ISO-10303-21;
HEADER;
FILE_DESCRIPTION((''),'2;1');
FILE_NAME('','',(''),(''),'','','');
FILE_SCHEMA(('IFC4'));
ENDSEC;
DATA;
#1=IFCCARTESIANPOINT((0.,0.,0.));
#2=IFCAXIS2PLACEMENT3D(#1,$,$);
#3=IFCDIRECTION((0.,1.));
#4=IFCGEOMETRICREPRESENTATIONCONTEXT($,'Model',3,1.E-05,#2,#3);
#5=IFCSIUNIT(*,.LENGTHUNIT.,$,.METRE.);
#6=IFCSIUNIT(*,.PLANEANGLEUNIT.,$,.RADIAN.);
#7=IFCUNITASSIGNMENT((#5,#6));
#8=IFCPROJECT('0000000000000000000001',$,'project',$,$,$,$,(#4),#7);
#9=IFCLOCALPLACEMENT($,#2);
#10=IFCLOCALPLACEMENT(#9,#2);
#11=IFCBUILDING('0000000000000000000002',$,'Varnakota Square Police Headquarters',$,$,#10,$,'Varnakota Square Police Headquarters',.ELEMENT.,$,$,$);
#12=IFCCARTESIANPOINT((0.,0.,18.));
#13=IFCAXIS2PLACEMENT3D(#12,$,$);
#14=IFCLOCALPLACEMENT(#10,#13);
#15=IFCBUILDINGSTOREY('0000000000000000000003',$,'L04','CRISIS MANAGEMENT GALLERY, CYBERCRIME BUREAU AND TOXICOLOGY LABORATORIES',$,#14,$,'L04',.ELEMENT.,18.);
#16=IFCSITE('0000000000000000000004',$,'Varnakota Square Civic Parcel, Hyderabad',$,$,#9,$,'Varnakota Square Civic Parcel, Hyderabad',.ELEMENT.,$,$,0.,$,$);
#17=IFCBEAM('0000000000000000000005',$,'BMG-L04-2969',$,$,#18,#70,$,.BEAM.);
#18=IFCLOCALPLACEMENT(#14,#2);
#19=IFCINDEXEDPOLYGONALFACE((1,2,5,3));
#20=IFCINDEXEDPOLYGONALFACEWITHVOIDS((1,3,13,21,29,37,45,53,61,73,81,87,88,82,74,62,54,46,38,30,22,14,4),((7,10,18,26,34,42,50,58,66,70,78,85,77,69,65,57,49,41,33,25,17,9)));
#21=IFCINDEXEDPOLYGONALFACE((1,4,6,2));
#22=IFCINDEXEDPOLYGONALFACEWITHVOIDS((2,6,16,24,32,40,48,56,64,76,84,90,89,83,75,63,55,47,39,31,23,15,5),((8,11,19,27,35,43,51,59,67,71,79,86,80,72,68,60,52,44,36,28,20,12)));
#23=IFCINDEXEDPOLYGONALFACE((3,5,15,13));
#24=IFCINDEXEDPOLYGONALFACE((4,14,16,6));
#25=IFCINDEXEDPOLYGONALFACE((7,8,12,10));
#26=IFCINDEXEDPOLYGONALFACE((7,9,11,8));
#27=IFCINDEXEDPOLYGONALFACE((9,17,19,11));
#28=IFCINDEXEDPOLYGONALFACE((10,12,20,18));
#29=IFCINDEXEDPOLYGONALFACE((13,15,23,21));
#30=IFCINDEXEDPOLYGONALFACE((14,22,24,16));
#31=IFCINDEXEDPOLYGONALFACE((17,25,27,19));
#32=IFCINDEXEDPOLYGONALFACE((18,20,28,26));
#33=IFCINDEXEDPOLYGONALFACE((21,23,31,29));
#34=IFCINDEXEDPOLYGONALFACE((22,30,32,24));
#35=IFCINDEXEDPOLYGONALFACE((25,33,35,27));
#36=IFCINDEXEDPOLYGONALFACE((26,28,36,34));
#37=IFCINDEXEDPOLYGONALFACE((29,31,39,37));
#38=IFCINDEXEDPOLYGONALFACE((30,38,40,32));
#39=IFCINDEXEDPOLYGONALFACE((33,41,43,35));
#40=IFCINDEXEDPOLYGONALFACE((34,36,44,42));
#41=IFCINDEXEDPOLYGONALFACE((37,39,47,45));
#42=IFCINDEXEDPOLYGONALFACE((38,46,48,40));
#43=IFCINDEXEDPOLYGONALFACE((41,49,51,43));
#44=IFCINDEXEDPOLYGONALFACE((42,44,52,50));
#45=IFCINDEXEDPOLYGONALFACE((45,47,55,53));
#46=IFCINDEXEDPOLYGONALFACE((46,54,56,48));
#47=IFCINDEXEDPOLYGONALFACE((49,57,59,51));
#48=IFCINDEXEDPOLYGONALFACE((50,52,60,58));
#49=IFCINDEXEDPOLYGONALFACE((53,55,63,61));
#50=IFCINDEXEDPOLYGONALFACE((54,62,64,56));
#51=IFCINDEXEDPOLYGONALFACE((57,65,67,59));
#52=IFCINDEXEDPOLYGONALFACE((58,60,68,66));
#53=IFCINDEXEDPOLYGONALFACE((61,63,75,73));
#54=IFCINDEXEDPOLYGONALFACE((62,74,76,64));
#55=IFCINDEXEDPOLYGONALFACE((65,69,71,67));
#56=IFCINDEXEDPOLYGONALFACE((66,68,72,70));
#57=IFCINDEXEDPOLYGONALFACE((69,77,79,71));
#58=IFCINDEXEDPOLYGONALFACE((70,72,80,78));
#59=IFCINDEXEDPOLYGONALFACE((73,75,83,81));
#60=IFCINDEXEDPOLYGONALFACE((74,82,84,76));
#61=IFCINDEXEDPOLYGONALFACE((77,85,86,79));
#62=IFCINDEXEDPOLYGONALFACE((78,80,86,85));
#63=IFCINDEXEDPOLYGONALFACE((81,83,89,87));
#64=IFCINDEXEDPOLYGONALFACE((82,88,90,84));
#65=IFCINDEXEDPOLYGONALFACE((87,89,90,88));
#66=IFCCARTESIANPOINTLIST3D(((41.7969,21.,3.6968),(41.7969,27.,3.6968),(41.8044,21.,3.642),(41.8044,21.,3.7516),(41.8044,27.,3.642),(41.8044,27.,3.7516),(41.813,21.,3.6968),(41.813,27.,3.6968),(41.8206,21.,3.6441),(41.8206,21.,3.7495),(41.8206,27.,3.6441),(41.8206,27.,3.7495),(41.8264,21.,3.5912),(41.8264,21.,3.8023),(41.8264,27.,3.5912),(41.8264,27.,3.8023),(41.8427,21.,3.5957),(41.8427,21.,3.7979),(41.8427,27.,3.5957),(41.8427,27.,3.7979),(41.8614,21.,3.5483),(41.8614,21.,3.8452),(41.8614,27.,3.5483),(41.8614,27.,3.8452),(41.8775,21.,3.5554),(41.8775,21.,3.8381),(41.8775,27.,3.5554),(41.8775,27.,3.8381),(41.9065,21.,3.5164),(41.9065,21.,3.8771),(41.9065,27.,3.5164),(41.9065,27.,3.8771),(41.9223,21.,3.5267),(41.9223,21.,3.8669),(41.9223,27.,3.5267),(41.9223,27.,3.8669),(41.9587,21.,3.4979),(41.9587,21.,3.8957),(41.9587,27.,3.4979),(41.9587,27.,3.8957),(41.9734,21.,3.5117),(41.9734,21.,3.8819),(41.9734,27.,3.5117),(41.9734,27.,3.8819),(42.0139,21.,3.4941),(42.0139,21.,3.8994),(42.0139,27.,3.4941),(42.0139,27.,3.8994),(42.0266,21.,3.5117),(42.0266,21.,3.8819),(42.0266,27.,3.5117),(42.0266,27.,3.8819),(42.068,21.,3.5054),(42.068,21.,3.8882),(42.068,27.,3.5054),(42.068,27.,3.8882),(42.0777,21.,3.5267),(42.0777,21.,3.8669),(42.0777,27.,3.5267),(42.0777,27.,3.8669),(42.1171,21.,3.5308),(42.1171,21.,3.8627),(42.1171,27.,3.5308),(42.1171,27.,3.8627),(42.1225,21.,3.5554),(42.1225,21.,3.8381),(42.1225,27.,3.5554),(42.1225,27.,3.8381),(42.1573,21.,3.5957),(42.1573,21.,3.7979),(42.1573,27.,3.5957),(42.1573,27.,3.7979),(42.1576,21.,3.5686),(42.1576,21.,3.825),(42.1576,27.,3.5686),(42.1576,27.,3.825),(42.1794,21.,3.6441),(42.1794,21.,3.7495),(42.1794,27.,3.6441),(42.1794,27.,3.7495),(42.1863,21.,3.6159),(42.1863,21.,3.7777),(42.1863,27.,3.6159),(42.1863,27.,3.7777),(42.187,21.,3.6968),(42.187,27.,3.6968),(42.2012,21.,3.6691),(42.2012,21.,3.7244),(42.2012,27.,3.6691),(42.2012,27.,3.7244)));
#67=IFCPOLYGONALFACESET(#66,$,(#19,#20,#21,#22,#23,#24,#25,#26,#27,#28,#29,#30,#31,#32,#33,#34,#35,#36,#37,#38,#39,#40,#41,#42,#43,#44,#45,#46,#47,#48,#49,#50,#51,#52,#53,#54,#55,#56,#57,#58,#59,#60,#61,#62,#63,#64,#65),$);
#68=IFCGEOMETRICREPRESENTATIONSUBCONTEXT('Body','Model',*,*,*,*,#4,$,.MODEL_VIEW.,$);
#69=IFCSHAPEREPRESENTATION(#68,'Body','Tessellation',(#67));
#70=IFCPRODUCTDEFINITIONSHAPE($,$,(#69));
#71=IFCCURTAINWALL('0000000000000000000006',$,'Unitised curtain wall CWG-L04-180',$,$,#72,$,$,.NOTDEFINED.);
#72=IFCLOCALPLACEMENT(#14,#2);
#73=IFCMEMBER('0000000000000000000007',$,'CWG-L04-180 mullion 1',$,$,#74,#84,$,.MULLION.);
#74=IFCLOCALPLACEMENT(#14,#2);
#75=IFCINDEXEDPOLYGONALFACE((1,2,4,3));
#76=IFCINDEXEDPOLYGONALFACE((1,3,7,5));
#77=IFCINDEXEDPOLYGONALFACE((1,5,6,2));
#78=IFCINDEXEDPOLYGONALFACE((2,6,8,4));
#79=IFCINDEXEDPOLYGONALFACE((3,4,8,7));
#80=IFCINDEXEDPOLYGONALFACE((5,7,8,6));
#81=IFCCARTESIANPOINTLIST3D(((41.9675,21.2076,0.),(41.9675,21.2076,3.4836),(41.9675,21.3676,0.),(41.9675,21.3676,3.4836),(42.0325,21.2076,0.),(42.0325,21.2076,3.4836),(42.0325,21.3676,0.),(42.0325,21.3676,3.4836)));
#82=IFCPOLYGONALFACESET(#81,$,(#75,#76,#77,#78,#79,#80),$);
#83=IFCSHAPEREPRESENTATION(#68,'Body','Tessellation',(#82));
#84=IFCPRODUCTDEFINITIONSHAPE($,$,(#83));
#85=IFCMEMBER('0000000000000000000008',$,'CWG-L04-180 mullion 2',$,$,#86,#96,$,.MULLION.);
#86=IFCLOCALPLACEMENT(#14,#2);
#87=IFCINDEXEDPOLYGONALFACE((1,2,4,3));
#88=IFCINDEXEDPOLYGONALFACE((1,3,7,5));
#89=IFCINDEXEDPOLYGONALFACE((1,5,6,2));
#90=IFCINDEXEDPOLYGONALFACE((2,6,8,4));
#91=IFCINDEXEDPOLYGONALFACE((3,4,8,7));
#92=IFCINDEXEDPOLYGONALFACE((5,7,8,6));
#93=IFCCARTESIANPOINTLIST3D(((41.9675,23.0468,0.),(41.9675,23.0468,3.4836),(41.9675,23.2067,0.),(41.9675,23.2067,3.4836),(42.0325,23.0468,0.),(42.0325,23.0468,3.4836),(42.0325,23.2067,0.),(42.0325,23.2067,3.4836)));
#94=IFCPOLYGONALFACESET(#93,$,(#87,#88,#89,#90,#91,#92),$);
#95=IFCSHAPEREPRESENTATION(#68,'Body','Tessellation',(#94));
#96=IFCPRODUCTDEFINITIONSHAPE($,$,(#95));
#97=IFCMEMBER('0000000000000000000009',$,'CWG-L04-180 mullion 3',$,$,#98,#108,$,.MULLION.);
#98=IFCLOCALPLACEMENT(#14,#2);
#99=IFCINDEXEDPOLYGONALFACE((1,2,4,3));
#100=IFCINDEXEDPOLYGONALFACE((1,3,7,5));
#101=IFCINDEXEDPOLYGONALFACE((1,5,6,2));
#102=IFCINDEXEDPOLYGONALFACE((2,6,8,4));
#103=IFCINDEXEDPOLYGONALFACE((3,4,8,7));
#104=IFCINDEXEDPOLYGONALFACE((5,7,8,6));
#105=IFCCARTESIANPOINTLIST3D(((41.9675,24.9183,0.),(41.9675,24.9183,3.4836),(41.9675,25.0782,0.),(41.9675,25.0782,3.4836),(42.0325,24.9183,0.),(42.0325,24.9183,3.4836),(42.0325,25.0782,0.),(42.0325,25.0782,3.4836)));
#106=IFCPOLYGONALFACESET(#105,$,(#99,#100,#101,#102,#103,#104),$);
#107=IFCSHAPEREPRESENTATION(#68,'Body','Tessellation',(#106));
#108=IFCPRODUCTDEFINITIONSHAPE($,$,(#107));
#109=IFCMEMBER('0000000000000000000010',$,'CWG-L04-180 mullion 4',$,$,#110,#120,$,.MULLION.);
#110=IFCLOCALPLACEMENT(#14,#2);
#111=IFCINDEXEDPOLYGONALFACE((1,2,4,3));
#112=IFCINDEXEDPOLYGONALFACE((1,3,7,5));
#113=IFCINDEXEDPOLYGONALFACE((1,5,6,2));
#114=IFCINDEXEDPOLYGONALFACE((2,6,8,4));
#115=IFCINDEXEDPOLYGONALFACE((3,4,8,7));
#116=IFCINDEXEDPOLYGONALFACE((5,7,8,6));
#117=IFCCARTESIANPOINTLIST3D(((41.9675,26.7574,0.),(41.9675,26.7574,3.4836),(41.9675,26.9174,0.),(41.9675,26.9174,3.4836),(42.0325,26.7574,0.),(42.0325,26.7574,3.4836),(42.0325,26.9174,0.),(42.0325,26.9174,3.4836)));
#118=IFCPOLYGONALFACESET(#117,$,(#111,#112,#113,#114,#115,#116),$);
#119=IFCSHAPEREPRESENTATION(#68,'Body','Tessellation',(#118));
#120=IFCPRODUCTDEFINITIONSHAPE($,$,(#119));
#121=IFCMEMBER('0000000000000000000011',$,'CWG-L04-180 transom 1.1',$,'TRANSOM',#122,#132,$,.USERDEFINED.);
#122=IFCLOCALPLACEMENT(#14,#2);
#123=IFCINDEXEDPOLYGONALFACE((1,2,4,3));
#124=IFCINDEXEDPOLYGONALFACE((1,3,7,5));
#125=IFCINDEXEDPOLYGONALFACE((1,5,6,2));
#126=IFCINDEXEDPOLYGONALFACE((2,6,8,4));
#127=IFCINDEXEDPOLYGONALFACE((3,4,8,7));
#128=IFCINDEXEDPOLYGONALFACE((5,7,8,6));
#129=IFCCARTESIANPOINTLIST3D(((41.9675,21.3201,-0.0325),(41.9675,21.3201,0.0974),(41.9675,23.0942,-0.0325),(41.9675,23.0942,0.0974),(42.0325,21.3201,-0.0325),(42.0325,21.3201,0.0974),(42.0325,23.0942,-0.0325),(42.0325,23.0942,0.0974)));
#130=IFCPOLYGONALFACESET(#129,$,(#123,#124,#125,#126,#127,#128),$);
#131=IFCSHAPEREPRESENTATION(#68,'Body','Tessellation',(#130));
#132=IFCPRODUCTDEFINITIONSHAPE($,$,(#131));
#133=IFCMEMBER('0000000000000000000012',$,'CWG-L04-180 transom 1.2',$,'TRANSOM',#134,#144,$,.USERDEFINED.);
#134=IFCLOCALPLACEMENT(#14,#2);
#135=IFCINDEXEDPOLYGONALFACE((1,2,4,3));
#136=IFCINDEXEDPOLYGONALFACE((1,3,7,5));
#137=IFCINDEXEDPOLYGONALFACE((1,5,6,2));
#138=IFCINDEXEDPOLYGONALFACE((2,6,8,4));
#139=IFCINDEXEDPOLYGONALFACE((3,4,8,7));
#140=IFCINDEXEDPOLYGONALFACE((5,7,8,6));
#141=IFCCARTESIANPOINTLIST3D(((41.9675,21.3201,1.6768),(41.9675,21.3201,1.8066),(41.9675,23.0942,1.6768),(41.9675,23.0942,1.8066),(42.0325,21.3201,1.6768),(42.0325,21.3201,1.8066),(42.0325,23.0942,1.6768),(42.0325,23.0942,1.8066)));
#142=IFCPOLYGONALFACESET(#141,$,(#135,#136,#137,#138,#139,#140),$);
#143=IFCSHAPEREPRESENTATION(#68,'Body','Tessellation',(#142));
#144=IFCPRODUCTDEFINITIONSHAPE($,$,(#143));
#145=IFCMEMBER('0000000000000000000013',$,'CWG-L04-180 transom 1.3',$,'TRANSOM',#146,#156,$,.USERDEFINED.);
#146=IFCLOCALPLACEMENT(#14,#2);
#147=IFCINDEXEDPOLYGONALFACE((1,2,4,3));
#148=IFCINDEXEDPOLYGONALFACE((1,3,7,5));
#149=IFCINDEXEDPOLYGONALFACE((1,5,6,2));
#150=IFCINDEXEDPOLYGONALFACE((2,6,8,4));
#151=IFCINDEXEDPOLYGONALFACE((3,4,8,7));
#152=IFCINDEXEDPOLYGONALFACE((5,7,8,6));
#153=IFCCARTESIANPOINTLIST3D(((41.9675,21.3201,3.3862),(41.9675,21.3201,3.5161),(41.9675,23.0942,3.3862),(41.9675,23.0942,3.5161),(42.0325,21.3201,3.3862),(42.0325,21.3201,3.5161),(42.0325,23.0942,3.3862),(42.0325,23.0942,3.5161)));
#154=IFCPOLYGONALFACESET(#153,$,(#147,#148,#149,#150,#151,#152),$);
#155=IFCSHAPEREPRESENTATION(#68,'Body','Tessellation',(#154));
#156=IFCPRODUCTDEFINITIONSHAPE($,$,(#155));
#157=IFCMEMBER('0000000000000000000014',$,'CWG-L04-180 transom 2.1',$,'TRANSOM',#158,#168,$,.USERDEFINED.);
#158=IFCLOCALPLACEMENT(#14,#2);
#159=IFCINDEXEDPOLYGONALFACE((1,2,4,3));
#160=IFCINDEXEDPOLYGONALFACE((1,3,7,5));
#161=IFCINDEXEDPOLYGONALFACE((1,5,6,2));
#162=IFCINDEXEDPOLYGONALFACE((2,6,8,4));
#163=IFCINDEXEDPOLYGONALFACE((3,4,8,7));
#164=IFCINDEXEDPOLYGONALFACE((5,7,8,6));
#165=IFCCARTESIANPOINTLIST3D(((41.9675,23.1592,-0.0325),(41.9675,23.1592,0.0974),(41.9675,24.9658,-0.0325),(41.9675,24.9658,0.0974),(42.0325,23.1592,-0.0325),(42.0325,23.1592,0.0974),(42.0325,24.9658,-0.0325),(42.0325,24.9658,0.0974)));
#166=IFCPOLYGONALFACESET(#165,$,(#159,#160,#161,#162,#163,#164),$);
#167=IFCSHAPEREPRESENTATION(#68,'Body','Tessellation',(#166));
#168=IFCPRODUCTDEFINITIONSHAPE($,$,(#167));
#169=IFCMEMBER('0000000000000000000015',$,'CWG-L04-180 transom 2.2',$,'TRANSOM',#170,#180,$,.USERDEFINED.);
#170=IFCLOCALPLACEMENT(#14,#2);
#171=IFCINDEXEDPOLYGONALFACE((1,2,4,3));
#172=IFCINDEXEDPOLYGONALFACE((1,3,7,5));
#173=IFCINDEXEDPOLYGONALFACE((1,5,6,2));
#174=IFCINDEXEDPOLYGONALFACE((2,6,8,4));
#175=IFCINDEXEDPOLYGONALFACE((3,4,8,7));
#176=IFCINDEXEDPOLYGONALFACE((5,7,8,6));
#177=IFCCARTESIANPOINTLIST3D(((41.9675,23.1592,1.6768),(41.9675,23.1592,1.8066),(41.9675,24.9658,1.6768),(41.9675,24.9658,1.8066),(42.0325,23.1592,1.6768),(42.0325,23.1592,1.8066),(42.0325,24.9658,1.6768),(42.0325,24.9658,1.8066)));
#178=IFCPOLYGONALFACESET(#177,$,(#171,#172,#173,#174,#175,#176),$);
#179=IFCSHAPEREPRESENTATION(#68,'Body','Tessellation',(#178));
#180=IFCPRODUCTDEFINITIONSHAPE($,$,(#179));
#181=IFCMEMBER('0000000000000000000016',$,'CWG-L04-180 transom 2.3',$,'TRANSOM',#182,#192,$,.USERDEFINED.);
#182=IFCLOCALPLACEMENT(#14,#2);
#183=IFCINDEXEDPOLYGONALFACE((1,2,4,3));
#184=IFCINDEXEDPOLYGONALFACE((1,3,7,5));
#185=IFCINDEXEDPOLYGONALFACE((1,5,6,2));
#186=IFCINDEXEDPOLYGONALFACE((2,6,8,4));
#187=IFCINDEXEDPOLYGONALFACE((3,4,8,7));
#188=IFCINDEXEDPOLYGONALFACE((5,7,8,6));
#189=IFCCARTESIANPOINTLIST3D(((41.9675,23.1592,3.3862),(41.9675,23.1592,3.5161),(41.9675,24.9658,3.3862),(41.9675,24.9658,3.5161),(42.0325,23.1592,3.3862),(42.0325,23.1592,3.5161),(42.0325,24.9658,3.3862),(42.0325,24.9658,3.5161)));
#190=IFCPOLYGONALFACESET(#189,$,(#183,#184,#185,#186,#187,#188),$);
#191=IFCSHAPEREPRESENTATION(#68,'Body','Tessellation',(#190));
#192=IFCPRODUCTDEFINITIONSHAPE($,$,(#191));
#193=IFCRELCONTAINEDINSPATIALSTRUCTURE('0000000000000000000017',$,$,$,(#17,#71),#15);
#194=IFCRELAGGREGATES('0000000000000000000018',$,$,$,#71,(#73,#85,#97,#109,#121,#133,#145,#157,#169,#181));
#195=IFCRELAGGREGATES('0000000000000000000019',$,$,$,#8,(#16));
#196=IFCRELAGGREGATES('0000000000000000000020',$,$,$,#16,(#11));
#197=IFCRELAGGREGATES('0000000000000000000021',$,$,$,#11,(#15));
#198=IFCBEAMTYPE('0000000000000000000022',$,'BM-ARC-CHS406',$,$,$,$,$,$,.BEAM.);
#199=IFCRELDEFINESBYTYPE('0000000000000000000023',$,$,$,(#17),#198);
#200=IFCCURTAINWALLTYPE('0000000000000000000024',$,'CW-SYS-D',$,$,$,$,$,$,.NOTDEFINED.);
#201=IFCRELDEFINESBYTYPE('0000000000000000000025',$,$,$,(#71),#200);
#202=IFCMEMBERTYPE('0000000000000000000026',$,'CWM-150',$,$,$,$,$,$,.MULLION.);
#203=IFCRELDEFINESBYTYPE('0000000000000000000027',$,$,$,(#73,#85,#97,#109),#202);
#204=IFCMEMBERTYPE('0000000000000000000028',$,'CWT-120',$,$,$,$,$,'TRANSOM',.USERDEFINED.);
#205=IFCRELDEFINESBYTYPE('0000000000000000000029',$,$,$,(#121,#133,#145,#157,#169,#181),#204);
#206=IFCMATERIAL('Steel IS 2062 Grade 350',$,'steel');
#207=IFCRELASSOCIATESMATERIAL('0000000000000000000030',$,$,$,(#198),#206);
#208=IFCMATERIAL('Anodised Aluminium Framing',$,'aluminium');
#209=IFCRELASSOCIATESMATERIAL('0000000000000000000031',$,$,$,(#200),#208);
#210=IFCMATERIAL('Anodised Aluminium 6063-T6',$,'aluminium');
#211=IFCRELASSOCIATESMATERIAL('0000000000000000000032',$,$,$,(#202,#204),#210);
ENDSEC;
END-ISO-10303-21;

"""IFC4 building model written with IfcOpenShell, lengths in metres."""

from ifc_helpers import new_model, si_unit, direction, frame, origin, origin_2d, place, context, subcontext, project, spatial, rectangle, hollow_circle, extrude, material, material_profile, profile_set, type_object, element, aggregate, save


model = new_model("IFC4")

# Units and contexts
model_context = context("Model", 3, precision=1e-05, world=origin(), true_north=direction((0.0, 1.0)))
body_context = subcontext(model_context, "Body", "Model", "MODEL_VIEW")
ifc_project = project(units=[si_unit("LENGTHUNIT", "METRE"), si_unit("PLANEANGLEUNIT", "RADIAN")], contexts=[model_context])

# Site, building, storey
site_placement = place(None, origin())
site = spatial("IfcSite", under=ifc_project, at=site_placement, Name="Varnakota Square Civic Parcel, Hyderabad", LongName="Varnakota Square Civic Parcel, Hyderabad", CompositionType="ELEMENT", RefElevation=0.0)
building_placement = place(site_placement, origin())
building = spatial("IfcBuilding", under=site, at=building_placement, Name="Varnakota Square Police Headquarters", LongName="Varnakota Square Police Headquarters", CompositionType="ELEMENT")
storey_placement = place(building_placement, frame((0.0, 0.0, 18.0)))
storey = spatial("IfcBuildingStorey", under=building, at=storey_placement, Name="L04", Description="CRISIS MANAGEMENT GALLERY, CYBERCRIME BUREAU AND TOXICOLOGY LABORATORIES", LongName="L04", CompositionType="ELEMENT", Elevation=18.0)

# Shared definitions
ifc_material_1 = material(Name="Steel IS 2062 Grade 350", Category="steel")

# Beam
ifc_material_profile_1 = material_profile(ifc_material_1, hollow_circle(Radius=0.2031, WallThickness=0.0161, at=origin_2d()), Name="CHS 406.4x16.0")
ifc_profile_set_1 = profile_set([ifc_material_profile_1], Name="Steel IS 2062 Grade 350")
beam_type_1 = type_object("IfcBeamType", Name="BM-ARC-CHS406", PredefinedType="BEAM", material=ifc_profile_set_1)
beam_1_placement = place(storey_placement, frame((42.0, 21.0, 3.6968), z_axis=(0.0, 1.0, 0.0), x_axis=(-1.0, 0.0, 0.0)))
element("IfcBeam", 1, at=beam_1_placement, inside=storey, type_object=beam_type_1, Name="BMG-L04-2969", PredefinedType="BEAM", context=body_context, shape_type="SweptSolid", body=[
    extrude(hollow_circle(Radius=0.2031, WallThickness=0.0161, at=origin_2d()), origin(), (0.0, 0.0, 1.0), 6.0),
])

# Curtain wall, members
ifc_material_2 = material(Name="Anodised Aluminium Framing", Category="aluminium")
curtain_wall_type = type_object("IfcCurtainWallType", Name="CW-SYS-D", PredefinedType="NOTDEFINED", material=ifc_material_2)
curtain_wall_placement = place(storey_placement, origin())
curtain_wall = element("IfcCurtainWall", 2, at=curtain_wall_placement, inside=storey, type_object=curtain_wall_type, Name="Unitised curtain wall CWG-L04-180", PredefinedType="NOTDEFINED")
ifc_material_3 = material(Name="Anodised Aluminium 6063-T6", Category="aluminium")
ifc_material_profile_2 = material_profile(ifc_material_3, rectangle(XDim=0.0649, YDim=0.1599, at=origin_2d()), Name="ALU MULLION 65x160")
ifc_profile_set_2 = profile_set([ifc_material_profile_2], Name="Anodised Aluminium 6063-T6")
member_type_1 = type_object("IfcMemberType", Name="CWM-150", PredefinedType="MULLION", material=ifc_profile_set_2)
member_1_placement = place(storey_placement, frame((42.0, 21.2876, 0.0), z_axis=(0.0, 0.0, 1.0), x_axis=(-1.0, 0.0, 0.0)))
member_1 = element("IfcMember", 3, at=member_1_placement, type_object=member_type_1, Name="CWG-L04-180 mullion 1", PredefinedType="MULLION", context=body_context, shape_type="SweptSolid", body=[
    extrude(rectangle(XDim=0.0649, YDim=0.1599, at=origin_2d()), origin(), (0.0, 0.0, 1.0), 3.4836),
])
member_2_placement = place(storey_placement, frame((42.0, 23.1267, 0.0), z_axis=(0.0, 0.0, 1.0), x_axis=(-1.0, 0.0, 0.0)))
member_2 = element("IfcMember", 4, at=member_2_placement, type_object=member_type_1, Name="CWG-L04-180 mullion 2", PredefinedType="MULLION", context=body_context, shape_type="SweptSolid", body=[
    extrude(rectangle(XDim=0.0649, YDim=0.1599, at=origin_2d()), origin(), (0.0, 0.0, 1.0), 3.4836),
])
member_3_placement = place(storey_placement, frame((42.0, 24.9983, 0.0), z_axis=(0.0, 0.0, 1.0), x_axis=(-1.0, 0.0, 0.0)))
member_3 = element("IfcMember", 5, at=member_3_placement, type_object=member_type_1, Name="CWG-L04-180 mullion 3", PredefinedType="MULLION", context=body_context, shape_type="SweptSolid", body=[
    extrude(rectangle(XDim=0.0649, YDim=0.1599, at=origin_2d()), origin(), (0.0, 0.0, 1.0), 3.4836),
])
member_4_placement = place(storey_placement, frame((42.0, 26.8374, 0.0), z_axis=(0.0, 0.0, 1.0), x_axis=(-1.0, 0.0, 0.0)))
member_4 = element("IfcMember", 6, at=member_4_placement, type_object=member_type_1, Name="CWG-L04-180 mullion 4", PredefinedType="MULLION", context=body_context, shape_type="SweptSolid", body=[
    extrude(rectangle(XDim=0.0649, YDim=0.1599, at=origin_2d()), origin(), (0.0, 0.0, 1.0), 3.4836),
])
ifc_material_profile_3 = material_profile(ifc_material_3, rectangle(XDim=0.0649, YDim=0.1299, at=origin_2d()), Name="ALU TRANSOM 65x130")
ifc_profile_set_3 = profile_set([ifc_material_profile_3], Name="Anodised Aluminium 6063-T6")
member_type_2 = type_object("IfcMemberType", Name="CWT-120", ElementType="TRANSOM", PredefinedType="USERDEFINED", material=ifc_profile_set_3)
member_5_placement = place(storey_placement, frame((42.0, 21.3201, 0.0325), z_axis=(0.0, 1.0, 0.0), x_axis=(-1.0, 0.0, 0.0)))
member_5 = element("IfcMember", 7, at=member_5_placement, type_object=member_type_2, Name="CWG-L04-180 transom 1.1", ObjectType="TRANSOM", PredefinedType="USERDEFINED", context=body_context, shape_type="SweptSolid", body=[
    extrude(rectangle(XDim=0.0649, YDim=0.1299, at=origin_2d()), origin(), (0.0, 0.0, 1.0), 1.7742),
])
member_6_placement = place(storey_placement, frame((42.0, 21.3201, 1.7417), z_axis=(0.0, 1.0, 0.0), x_axis=(-1.0, 0.0, 0.0)))
member_6 = element("IfcMember", 8, at=member_6_placement, type_object=member_type_2, Name="CWG-L04-180 transom 1.2", ObjectType="TRANSOM", PredefinedType="USERDEFINED", context=body_context, shape_type="SweptSolid", body=[
    extrude(rectangle(XDim=0.0649, YDim=0.1299, at=origin_2d()), origin(), (0.0, 0.0, 1.0), 1.7742),
])
member_7_placement = place(storey_placement, frame((42.0, 21.3201, 3.4512), z_axis=(0.0, 1.0, 0.0), x_axis=(-1.0, 0.0, 0.0)))
member_7 = element("IfcMember", 9, at=member_7_placement, type_object=member_type_2, Name="CWG-L04-180 transom 1.3", ObjectType="TRANSOM", PredefinedType="USERDEFINED", context=body_context, shape_type="SweptSolid", body=[
    extrude(rectangle(XDim=0.0649, YDim=0.1299, at=origin_2d()), origin(), (0.0, 0.0, 1.0), 1.7742),
])
member_8_placement = place(storey_placement, frame((42.0, 23.1592, 0.0325), z_axis=(0.0, 1.0, 0.0), x_axis=(-1.0, 0.0, 0.0)))
member_8 = element("IfcMember", 10, at=member_8_placement, type_object=member_type_2, Name="CWG-L04-180 transom 2.1", ObjectType="TRANSOM", PredefinedType="USERDEFINED", context=body_context, shape_type="SweptSolid", body=[
    extrude(rectangle(XDim=0.0649, YDim=0.1299, at=origin_2d()), origin(), (0.0, 0.0, 1.0), 1.8066),
])
member_9_placement = place(storey_placement, frame((42.0, 23.1592, 1.7417), z_axis=(0.0, 1.0, 0.0), x_axis=(-1.0, 0.0, 0.0)))
member_9 = element("IfcMember", 11, at=member_9_placement, type_object=member_type_2, Name="CWG-L04-180 transom 2.2", ObjectType="TRANSOM", PredefinedType="USERDEFINED", context=body_context, shape_type="SweptSolid", body=[
    extrude(rectangle(XDim=0.0649, YDim=0.1299, at=origin_2d()), origin(), (0.0, 0.0, 1.0), 1.8066),
])
member_10_placement = place(storey_placement, frame((42.0, 23.1592, 3.4512), z_axis=(0.0, 1.0, 0.0), x_axis=(-1.0, 0.0, 0.0)))
member_10 = element("IfcMember", 12, at=member_10_placement, type_object=member_type_2, Name="CWG-L04-180 transom 2.3", ObjectType="TRANSOM", PredefinedType="USERDEFINED", context=body_context, shape_type="SweptSolid", body=[
    extrude(rectangle(XDim=0.0649, YDim=0.1299, at=origin_2d()), origin(), (0.0, 0.0, 1.0), 1.8066),
])

aggregate(curtain_wall, [member_1, member_2, member_3, member_4, member_5, member_6, member_7, member_8, member_9, member_10])

save(model, "model.ifc")
